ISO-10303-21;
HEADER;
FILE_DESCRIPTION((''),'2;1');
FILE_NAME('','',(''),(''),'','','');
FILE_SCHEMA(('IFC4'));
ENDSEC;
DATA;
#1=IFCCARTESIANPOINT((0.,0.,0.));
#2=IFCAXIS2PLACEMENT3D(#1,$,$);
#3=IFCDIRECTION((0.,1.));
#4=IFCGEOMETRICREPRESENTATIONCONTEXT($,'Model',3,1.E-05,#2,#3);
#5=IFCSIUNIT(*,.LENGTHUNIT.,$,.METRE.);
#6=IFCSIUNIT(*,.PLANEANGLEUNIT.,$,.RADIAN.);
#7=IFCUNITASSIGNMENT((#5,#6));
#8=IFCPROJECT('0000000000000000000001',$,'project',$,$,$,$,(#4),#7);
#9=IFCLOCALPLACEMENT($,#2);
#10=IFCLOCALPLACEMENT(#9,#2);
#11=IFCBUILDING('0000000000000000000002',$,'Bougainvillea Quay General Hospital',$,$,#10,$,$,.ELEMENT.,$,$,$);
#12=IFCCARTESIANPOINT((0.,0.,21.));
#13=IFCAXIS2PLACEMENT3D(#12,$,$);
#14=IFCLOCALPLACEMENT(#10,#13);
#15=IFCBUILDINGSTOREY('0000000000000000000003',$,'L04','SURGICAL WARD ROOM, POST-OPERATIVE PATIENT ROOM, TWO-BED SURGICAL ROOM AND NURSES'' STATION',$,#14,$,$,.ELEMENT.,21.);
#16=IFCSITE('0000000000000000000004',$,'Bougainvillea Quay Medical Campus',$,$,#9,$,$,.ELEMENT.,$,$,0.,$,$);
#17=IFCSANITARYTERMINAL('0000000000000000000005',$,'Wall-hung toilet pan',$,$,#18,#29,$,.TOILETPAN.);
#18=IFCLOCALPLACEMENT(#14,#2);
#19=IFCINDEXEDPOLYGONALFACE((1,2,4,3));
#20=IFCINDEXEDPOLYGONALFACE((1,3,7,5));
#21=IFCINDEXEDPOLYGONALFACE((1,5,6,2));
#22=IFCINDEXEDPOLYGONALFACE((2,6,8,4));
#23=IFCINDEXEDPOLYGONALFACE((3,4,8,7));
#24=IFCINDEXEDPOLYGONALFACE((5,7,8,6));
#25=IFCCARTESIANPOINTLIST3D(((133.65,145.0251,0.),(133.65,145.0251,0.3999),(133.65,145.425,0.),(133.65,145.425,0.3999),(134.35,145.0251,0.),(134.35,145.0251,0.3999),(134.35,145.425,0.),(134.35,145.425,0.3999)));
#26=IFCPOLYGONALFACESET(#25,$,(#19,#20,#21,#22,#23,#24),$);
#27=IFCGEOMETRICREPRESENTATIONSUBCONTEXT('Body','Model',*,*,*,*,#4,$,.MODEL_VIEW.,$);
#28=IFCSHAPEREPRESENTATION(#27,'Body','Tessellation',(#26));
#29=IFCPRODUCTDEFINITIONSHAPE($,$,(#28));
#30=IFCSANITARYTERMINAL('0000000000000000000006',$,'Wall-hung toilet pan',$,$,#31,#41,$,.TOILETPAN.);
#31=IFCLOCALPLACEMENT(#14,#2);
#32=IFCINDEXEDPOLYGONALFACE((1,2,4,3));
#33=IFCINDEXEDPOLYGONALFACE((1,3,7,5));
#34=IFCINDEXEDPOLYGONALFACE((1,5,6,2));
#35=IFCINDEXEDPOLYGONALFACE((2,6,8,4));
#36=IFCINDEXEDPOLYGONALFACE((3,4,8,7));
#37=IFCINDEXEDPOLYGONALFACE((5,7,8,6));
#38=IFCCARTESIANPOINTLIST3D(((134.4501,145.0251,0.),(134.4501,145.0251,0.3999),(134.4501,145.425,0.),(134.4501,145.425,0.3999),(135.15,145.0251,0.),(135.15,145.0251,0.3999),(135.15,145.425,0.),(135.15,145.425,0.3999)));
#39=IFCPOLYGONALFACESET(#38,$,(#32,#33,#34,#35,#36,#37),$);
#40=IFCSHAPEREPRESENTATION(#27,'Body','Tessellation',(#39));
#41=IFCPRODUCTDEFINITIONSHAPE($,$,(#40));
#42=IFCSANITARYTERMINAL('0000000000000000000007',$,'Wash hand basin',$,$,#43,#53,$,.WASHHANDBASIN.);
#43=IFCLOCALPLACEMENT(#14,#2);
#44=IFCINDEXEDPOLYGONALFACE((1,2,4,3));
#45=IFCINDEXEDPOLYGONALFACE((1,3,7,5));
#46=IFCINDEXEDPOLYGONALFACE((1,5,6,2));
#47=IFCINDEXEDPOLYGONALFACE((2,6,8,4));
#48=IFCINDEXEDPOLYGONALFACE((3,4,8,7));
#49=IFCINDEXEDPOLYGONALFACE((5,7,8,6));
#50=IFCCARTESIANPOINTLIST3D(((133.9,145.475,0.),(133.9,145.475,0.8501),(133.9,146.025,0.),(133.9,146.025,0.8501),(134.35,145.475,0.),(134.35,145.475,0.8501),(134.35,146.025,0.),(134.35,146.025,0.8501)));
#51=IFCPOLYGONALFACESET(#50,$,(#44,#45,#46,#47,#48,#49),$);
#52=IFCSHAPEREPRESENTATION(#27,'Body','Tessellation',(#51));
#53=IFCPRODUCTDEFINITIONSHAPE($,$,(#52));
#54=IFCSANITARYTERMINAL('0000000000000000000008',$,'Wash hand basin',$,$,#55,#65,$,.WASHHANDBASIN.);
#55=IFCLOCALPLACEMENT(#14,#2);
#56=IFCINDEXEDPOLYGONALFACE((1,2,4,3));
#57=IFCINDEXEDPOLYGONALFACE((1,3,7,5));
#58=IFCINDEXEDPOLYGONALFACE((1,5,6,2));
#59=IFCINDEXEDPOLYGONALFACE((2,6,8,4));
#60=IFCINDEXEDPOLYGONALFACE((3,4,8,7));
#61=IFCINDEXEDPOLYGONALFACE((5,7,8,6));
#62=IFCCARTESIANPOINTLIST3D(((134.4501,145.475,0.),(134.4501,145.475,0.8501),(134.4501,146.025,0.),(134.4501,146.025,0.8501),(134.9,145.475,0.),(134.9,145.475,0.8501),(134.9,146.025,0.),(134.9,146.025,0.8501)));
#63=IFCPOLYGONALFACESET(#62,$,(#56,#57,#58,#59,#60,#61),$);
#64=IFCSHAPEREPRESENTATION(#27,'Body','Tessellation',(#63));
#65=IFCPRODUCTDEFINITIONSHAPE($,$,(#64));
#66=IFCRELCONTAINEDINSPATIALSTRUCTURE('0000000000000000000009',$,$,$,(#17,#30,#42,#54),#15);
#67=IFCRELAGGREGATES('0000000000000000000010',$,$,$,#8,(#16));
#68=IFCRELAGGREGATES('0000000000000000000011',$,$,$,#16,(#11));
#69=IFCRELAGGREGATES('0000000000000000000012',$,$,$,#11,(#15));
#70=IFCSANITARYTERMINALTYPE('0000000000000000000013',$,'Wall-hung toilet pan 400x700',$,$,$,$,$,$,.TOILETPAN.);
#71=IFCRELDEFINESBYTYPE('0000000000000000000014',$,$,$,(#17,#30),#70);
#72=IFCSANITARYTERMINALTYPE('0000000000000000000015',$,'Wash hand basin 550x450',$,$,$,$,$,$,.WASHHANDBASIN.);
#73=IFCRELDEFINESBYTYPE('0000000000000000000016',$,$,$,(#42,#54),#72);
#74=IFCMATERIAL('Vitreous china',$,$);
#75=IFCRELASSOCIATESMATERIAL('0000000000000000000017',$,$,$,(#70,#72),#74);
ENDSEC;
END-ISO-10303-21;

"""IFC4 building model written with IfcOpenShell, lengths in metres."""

from ifc_helpers import new_model, si_unit, direction, frame, origin, origin_2d, place, context, subcontext, project, spatial, rectangle, extrude, material, type_object, element, save


model = new_model("IFC4")

# Units and contexts
model_context = context("Model", 3, precision=1e-05, world=origin(), true_north=direction((0.0, 1.0)))
body_context = subcontext(model_context, "Body", "Model", "MODEL_VIEW")
ifc_project = project(units=[si_unit("LENGTHUNIT", "METRE"), si_unit("PLANEANGLEUNIT", "RADIAN")], contexts=[model_context])

# Site, building, storey
site_placement = place(None, origin())
site = spatial("IfcSite", under=ifc_project, at=site_placement, Name="Bougainvillea Quay Medical Campus", CompositionType="ELEMENT", RefElevation=0.0)
building_placement = place(site_placement, origin())
building = spatial("IfcBuilding", under=site, at=building_placement, Name="Bougainvillea Quay General Hospital", CompositionType="ELEMENT")
storey_placement = place(building_placement, frame((0.0, 0.0, 21.0)))
storey = spatial("IfcBuildingStorey", under=building, at=storey_placement, Name="L04", Description="SURGICAL WARD ROOM, POST-OPERATIVE PATIENT ROOM, TWO-BED SURGICAL ROOM AND NURSES' STATION", CompositionType="ELEMENT", Elevation=21.0)

# Sanitary terminals
ifc_material_1 = material(Name="Vitreous china")
sanitary_terminal_type_1 = type_object("IfcSanitaryTerminalType", Name="Wall-hung toilet pan 400x700", PredefinedType="TOILETPAN", material=ifc_material_1)
for number, where, z_axis, x_axis, name in (
    (1, (134.0, 145.2251, 0.0), (0.0, 0.0, 1.0), (0.0, -1.0, 0.0), "Wall-hung toilet pan"),
    (2, (134.8, 145.2251, 0.0), (0.0, 0.0, 1.0), (0.0, 1.0, 0.0), "Wall-hung toilet pan"),
):
    element("IfcSanitaryTerminal", number, at=place(storey_placement, frame(where, z_axis=z_axis, x_axis=x_axis)), inside=storey, type_object=sanitary_terminal_type_1, Name=name, PredefinedType="TOILETPAN", context=body_context, shape_type="SweptSolid", body=[
        extrude(rectangle(XDim=0.3999, YDim=0.7, at=origin_2d()), origin(), (0.0, 0.0, 1.0), 0.3999),
    ])
sanitary_terminal_type_2 = type_object("IfcSanitaryTerminalType", Name="Wash hand basin 550x450", PredefinedType="WASHHANDBASIN", material=ifc_material_1)
for number, where, z_axis, x_axis, name in (
    (3, (134.125, 145.75, 0.0), (0.0, 0.0, 1.0), (0.0, -1.0, 0.0), "Wash hand basin"),
    (4, (134.675, 145.75, 0.0), (0.0, 0.0, 1.0), (0.0, 1.0, 0.0), "Wash hand basin"),
):
    element("IfcSanitaryTerminal", number, at=place(storey_placement, frame(where, z_axis=z_axis, x_axis=x_axis)), inside=storey, type_object=sanitary_terminal_type_2, Name=name, PredefinedType="WASHHANDBASIN", context=body_context, shape_type="SweptSolid", body=[
        extrude(rectangle(XDim=0.55, YDim=0.45, at=origin_2d()), origin(), (0.0, 0.0, 1.0), 0.8501),
    ])

save(model, "model.ifc")
